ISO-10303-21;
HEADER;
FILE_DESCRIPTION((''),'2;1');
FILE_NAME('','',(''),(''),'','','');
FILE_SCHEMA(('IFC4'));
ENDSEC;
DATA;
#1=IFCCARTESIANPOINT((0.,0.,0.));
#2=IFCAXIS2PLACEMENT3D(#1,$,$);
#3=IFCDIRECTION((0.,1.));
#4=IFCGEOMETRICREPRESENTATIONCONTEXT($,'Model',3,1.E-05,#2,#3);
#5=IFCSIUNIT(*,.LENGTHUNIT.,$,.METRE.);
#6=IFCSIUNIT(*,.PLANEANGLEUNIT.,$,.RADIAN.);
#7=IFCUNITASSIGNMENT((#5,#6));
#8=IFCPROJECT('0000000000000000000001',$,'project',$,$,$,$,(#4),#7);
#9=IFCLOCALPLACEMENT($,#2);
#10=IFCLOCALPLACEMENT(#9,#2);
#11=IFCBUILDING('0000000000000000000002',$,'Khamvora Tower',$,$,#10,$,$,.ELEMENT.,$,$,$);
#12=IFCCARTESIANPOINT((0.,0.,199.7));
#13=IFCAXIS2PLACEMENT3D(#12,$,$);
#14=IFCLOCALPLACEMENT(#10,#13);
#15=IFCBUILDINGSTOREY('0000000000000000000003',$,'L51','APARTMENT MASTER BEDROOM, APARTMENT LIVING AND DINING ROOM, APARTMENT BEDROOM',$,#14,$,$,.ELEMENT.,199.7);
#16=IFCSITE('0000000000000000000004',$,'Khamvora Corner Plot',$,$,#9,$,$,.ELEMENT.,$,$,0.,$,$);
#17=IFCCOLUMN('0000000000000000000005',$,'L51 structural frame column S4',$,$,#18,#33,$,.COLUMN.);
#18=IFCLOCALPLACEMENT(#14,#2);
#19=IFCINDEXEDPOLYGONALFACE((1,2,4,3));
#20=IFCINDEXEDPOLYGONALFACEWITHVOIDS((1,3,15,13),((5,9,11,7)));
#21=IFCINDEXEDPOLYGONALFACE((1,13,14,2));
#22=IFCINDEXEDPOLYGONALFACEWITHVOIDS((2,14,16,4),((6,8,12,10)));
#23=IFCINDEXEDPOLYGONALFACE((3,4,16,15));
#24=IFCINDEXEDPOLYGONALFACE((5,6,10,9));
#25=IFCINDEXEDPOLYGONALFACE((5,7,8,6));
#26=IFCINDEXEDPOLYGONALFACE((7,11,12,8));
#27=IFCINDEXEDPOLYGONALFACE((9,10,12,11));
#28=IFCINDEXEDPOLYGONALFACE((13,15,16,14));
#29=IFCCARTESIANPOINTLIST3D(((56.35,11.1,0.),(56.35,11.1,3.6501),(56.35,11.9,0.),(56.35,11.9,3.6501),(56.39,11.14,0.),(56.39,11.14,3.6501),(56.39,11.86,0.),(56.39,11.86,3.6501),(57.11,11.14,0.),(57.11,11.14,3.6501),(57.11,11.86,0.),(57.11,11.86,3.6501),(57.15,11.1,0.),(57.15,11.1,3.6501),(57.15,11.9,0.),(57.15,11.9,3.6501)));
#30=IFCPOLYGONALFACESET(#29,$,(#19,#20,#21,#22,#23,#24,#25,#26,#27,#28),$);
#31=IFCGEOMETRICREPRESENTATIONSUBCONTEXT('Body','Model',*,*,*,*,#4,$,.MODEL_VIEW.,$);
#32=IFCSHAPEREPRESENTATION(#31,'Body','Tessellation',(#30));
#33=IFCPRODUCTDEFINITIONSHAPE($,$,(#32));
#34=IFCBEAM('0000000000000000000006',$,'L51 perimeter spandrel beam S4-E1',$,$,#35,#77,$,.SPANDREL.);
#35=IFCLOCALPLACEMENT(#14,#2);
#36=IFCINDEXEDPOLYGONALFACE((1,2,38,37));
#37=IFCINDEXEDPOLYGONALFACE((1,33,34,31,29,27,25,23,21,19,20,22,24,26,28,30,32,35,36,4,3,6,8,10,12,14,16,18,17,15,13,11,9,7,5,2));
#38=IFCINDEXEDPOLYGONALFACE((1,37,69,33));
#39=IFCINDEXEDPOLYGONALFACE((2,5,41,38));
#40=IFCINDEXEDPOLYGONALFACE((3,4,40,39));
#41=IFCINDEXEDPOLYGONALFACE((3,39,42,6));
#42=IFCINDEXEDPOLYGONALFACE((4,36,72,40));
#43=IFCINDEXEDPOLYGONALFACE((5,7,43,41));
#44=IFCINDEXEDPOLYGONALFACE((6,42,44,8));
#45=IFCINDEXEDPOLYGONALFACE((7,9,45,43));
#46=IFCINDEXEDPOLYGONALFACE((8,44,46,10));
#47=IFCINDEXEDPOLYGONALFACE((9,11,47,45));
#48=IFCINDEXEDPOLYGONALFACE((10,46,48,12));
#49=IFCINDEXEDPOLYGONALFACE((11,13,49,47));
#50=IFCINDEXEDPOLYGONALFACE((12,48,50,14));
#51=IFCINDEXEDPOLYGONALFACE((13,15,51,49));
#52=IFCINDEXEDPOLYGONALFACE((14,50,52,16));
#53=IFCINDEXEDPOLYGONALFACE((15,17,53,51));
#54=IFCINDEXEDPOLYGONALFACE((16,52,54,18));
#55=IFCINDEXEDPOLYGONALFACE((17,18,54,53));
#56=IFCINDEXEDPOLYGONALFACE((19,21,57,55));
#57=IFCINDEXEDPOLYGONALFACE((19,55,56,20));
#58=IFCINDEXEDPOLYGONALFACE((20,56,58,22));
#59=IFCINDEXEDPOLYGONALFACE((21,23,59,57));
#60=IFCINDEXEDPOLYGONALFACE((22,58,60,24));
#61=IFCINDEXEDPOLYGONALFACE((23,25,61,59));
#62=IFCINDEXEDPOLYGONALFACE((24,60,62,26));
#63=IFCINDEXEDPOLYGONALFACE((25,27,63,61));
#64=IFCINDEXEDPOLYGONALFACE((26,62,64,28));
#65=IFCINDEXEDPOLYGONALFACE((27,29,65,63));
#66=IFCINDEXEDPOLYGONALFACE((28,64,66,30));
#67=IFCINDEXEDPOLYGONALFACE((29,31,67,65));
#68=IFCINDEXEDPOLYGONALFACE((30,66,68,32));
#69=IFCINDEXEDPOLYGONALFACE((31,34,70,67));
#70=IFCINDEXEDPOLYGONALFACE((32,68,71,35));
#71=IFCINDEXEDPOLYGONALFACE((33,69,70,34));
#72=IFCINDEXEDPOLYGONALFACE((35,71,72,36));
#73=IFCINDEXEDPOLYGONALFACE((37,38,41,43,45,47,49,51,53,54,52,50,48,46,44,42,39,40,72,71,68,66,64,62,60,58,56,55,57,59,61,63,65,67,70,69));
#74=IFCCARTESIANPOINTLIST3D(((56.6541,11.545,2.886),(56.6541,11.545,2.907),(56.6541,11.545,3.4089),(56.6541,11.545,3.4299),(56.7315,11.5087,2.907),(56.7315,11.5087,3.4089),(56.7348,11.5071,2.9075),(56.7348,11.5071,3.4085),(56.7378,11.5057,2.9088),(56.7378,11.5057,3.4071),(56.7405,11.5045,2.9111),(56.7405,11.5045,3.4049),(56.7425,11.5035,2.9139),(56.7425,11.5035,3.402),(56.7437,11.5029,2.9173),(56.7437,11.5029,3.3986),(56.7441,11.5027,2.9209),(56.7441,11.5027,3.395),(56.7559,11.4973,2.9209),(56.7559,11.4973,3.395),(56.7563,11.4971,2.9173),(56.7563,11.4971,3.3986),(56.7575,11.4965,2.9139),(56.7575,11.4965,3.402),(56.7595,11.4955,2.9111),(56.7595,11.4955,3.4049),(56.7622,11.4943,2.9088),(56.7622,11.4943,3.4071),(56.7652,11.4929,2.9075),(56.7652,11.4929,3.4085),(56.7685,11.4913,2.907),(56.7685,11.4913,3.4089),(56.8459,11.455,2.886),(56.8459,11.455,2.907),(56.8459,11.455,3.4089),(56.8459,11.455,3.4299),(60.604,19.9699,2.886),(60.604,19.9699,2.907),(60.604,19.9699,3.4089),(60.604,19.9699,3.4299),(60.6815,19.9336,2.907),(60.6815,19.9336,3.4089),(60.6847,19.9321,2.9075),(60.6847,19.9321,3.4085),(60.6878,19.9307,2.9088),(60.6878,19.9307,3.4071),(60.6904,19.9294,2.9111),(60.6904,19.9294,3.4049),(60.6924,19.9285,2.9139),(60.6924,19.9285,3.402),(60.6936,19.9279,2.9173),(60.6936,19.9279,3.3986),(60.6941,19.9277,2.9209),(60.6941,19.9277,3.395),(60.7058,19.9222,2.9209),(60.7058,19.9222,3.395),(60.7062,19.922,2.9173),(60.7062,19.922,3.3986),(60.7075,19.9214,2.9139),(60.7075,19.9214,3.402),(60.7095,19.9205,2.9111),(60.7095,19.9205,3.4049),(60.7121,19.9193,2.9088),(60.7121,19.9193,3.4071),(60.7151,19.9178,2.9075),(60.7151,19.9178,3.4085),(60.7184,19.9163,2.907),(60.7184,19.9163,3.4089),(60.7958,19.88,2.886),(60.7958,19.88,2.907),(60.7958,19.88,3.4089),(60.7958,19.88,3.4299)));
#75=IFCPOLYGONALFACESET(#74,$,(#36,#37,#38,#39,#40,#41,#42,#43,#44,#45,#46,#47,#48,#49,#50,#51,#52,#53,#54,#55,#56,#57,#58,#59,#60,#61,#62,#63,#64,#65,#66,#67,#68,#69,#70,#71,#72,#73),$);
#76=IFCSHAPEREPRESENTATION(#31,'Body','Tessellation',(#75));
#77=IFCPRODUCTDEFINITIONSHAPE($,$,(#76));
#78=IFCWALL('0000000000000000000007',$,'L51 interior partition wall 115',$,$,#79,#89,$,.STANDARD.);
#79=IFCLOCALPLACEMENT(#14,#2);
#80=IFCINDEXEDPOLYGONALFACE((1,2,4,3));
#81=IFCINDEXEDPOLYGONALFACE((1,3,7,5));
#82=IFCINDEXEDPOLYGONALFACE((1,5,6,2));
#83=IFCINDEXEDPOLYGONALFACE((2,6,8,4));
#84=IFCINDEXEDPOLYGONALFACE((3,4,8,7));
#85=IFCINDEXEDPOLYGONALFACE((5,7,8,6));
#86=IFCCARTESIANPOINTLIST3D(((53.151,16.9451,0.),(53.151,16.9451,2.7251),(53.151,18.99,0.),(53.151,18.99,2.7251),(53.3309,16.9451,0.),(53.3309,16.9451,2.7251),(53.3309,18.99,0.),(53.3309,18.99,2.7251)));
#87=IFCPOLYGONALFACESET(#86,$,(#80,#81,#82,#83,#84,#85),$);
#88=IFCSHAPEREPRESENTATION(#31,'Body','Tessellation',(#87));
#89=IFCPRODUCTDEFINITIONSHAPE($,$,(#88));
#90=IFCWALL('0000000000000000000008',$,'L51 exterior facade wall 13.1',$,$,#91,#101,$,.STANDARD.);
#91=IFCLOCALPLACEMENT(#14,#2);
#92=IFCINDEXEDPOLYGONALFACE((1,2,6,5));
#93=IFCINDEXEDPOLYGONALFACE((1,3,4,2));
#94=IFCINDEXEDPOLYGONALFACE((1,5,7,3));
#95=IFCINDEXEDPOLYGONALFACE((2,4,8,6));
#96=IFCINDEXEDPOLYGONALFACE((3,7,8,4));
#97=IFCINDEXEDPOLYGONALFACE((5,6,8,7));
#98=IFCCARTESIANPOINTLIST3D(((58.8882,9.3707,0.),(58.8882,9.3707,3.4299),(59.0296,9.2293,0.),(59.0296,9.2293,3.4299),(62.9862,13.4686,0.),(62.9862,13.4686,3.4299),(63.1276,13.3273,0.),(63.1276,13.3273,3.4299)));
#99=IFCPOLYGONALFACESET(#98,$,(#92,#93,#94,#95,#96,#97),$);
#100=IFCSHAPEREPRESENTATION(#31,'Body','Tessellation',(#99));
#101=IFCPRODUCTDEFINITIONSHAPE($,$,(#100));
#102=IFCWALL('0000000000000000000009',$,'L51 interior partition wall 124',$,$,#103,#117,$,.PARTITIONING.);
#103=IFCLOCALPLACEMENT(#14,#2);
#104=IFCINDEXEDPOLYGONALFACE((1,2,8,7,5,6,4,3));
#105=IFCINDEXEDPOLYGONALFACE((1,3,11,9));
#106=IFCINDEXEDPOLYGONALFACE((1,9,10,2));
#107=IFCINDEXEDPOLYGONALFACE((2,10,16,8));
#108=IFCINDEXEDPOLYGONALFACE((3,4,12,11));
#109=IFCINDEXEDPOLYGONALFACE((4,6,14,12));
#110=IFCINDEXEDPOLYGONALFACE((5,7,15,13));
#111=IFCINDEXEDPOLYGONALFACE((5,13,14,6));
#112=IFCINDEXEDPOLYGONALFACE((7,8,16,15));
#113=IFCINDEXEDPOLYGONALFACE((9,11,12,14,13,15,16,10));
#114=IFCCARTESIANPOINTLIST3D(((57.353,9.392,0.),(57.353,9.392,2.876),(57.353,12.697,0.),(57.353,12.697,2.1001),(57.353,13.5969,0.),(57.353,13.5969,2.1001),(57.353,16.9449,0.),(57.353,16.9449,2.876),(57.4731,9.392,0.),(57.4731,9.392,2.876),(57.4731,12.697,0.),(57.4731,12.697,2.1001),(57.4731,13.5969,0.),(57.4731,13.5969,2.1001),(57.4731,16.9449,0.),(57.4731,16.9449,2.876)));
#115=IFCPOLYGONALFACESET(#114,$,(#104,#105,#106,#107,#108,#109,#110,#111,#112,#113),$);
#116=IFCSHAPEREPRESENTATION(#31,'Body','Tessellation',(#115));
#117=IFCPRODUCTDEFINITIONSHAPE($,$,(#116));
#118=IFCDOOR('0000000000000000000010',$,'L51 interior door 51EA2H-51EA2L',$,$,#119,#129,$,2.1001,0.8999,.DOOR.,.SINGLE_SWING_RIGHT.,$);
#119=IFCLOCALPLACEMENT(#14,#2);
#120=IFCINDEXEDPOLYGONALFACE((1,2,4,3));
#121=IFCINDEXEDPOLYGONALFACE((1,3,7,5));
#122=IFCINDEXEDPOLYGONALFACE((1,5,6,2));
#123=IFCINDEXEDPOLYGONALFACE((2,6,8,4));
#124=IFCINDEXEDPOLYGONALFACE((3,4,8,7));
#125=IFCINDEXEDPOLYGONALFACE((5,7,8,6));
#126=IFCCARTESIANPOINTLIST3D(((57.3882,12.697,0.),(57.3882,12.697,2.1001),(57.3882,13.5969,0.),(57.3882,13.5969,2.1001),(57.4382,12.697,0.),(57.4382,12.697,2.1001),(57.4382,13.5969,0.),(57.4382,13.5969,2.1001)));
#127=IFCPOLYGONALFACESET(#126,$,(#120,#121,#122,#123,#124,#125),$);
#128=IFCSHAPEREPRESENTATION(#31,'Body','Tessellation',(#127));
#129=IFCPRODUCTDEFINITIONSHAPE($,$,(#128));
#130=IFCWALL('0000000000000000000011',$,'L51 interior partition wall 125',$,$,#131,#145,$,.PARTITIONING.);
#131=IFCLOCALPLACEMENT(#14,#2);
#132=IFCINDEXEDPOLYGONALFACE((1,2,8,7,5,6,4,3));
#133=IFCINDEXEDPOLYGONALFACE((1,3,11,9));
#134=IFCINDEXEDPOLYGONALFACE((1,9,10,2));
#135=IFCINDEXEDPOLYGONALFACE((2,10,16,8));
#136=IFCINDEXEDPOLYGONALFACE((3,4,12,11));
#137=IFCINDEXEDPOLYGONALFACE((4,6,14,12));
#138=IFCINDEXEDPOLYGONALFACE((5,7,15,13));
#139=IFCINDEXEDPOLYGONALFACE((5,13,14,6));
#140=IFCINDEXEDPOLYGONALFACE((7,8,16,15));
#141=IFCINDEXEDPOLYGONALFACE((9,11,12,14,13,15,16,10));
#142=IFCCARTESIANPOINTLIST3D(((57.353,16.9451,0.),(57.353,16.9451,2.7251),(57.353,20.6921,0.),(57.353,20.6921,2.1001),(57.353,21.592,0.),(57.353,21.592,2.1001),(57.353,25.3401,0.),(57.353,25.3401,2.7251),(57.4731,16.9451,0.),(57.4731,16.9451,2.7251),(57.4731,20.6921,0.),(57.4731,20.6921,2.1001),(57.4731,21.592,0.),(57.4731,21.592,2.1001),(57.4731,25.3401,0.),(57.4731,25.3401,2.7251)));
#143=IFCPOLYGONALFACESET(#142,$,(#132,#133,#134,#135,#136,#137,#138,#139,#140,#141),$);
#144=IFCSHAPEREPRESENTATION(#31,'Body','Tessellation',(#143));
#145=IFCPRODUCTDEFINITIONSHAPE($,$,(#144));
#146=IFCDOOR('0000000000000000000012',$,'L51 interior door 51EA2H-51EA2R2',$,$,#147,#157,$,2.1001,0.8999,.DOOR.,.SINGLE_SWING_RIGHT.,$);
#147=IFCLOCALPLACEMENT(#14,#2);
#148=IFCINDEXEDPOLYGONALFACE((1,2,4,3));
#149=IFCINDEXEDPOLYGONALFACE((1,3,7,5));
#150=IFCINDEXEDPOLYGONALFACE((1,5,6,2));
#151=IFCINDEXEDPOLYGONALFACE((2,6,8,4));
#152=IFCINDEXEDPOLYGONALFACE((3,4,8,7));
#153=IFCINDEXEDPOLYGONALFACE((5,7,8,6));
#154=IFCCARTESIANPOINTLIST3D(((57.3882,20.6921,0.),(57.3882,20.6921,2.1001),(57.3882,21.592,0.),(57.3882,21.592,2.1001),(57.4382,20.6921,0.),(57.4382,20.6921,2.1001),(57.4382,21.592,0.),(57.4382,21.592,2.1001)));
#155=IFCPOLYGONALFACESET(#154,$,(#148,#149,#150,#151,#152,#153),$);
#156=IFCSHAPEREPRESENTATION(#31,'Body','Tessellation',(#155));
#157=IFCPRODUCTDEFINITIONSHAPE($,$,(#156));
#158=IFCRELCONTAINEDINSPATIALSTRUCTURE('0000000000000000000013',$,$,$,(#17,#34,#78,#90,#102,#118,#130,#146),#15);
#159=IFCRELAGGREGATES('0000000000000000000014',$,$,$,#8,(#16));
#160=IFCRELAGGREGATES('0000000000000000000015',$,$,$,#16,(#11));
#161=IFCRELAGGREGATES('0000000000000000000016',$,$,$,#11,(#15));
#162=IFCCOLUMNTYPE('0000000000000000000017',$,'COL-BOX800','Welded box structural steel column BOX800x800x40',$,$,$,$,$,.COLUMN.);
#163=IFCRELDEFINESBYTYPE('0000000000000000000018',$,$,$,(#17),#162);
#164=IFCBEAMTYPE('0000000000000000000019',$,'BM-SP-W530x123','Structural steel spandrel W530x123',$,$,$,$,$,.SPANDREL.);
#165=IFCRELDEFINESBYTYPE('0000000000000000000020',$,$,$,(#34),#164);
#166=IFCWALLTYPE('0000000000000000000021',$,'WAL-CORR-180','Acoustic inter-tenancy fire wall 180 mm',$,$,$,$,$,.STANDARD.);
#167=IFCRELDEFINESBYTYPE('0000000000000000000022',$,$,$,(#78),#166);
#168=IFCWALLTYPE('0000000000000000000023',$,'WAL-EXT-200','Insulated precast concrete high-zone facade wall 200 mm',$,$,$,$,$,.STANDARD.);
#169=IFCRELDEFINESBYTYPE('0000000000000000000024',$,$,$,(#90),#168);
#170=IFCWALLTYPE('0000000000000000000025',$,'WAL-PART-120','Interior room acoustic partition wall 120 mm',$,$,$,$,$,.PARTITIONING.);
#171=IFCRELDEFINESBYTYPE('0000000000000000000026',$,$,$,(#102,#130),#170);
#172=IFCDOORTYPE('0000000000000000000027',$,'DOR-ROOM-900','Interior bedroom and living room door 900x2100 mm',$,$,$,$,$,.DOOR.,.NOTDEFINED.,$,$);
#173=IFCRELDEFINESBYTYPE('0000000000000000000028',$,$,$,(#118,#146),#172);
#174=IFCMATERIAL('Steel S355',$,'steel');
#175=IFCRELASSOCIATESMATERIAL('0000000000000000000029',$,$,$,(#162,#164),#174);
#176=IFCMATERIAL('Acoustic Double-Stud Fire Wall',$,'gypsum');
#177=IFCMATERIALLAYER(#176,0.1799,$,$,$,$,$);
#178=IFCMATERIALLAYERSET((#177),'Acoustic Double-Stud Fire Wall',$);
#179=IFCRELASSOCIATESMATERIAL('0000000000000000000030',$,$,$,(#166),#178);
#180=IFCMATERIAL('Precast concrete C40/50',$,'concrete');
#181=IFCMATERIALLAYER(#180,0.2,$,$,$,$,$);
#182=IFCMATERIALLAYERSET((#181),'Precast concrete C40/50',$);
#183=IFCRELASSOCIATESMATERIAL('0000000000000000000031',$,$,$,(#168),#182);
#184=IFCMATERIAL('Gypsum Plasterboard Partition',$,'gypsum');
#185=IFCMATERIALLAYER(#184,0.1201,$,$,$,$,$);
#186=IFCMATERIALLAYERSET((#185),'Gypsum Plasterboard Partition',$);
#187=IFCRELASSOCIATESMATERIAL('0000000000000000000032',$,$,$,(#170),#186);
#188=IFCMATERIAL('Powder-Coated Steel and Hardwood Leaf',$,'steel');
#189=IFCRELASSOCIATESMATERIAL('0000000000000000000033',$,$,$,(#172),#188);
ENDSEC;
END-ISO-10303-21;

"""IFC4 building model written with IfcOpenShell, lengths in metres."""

from ifc_helpers import new_model, si_unit, direction, frame, frame_2d, origin, origin_2d, place, context, subcontext, project, spatial, rectangle, hollow_rectangle, i_section, extrude, material, layer, layer_set, material_profile, profile_set, type_object, element, fill, save


model = new_model("IFC4")

# Units and contexts
model_context = context("Model", 3, precision=1e-05, world=origin(), true_north=direction((0.0, 1.0)))
body_context = subcontext(model_context, "Body", "Model", "MODEL_VIEW")
ifc_project = project(units=[si_unit("LENGTHUNIT", "METRE"), si_unit("PLANEANGLEUNIT", "RADIAN")], contexts=[model_context])

# Site, building, storey
site_placement = place(None, origin())
site = spatial("IfcSite", under=ifc_project, at=site_placement, Name="Khamvora Corner Plot", CompositionType="ELEMENT", RefElevation=0.0)
building_placement = place(site_placement, origin())
building = spatial("IfcBuilding", under=site, at=building_placement, Name="Khamvora Tower", CompositionType="ELEMENT")
storey_placement = place(building_placement, frame((0.0, 0.0, 199.7)))
storey = spatial("IfcBuildingStorey", under=building, at=storey_placement, Name="L51", Description="APARTMENT MASTER BEDROOM, APARTMENT LIVING AND DINING ROOM, APARTMENT BEDROOM", CompositionType="ELEMENT", Elevation=199.7)

# Column
ifc_material_1 = material(Name="Steel S355", Category="steel")
ifc_material_profile_1 = material_profile(ifc_material_1, hollow_rectangle(XDim=0.8, YDim=0.8, WallThickness=0.04, at=origin_2d()), Name="BOX800x800x40")
ifc_profile_set_1 = profile_set([ifc_material_profile_1], Name="Steel S355")
column_type = type_object("IfcColumnType", Name="COL-BOX800", Description="Welded box structural steel column BOX800x800x40", PredefinedType="COLUMN", material=ifc_profile_set_1)
column_placement = place(storey_placement, frame((56.75, 11.5, 0.0), z_axis=(0.0, 0.0, 1.0), x_axis=(1.0, 0.0, 0.0)))
element("IfcColumn", 1, at=column_placement, inside=storey, type_object=column_type, Name="L51 structural frame column S4", PredefinedType="COLUMN", context=body_context, shape_type="SweptSolid", body=[
    extrude(hollow_rectangle(XDim=0.8, YDim=0.8, WallThickness=0.04, at=origin_2d()), origin(), (0.0, 0.0, 1.0), 3.6501),
])

# Beam
ifc_material_profile_2 = material_profile(ifc_material_1, i_section(OverallWidth=0.2119, OverallDepth=0.5439, WebThickness=0.0129, FlangeThickness=0.021, FilletRadius=0.0139, at=origin_2d()), Name="W530x123")
ifc_profile_set_2 = profile_set([ifc_material_profile_2], Name="Steel S355")
beam_type = type_object("IfcBeamType", Name="BM-SP-W530x123", Description="Structural steel spandrel W530x123", PredefinedType="SPANDREL", material=ifc_profile_set_2)
beam_placement = place(storey_placement, frame((56.75, 11.5, 3.158), z_axis=(0.424496, 0.90543, 0.0), x_axis=(-0.90543, 0.424496, 0.0)))
element("IfcBeam", 2, at=beam_placement, inside=storey, type_object=beam_type, Name="L51 perimeter spandrel beam S4-E1", PredefinedType="SPANDREL", context=body_context, shape_type="SweptSolid", body=[
    extrude(i_section(OverallWidth=0.2119, OverallDepth=0.5439, WebThickness=0.0129, FlangeThickness=0.021, FilletRadius=0.0139, at=origin_2d()), origin(), (0.0, 0.0, 1.0), 9.3049),
])

# Walls
ifc_material_2 = material(Name="Acoustic Double-Stud Fire Wall", Category="gypsum")
ifc_layer_1 = layer(ifc_material_2, 0.1799)
ifc_layer_set_1 = layer_set([ifc_layer_1], Name="Acoustic Double-Stud Fire Wall")
wall_type_1 = type_object("IfcWallType", Name="WAL-CORR-180", Description="Acoustic inter-tenancy fire wall 180 mm", PredefinedType="STANDARD", material=ifc_layer_set_1)
wall_1_placement = place(storey_placement, frame((53.241, 18.99, 0.0), z_axis=(0.0, 0.0, 1.0), x_axis=(0.0, -1.0, 0.0)))
element("IfcWall", 3, at=wall_1_placement, inside=storey, type_object=wall_type_1, Name="L51 interior partition wall 115", PredefinedType="STANDARD", context=body_context, shape_type="SweptSolid", body=[
    extrude(rectangle(XDim=2.0449, YDim=0.1799, at=frame_2d((1.0225, 0.0))), origin(), (0.0, 0.0, 1.0), 2.7251),
])
ifc_material_3 = material(Name="Precast concrete C40/50", Category="concrete")
ifc_layer_2 = layer(ifc_material_3, 0.2)
ifc_layer_set_2 = layer_set([ifc_layer_2], Name="Precast concrete C40/50")
wall_type_2 = type_object("IfcWallType", Name="WAL-EXT-200", Description="Insulated precast concrete high-zone facade wall 200 mm", PredefinedType="STANDARD", material=ifc_layer_set_2)
wall_2_placement = place(storey_placement, frame((63.0569, 13.3979, 0.0), z_axis=(0.0, 0.0, 1.0), x_axis=(-0.707107, -0.707107, 0.0)))
element("IfcWall", 4, at=wall_2_placement, inside=storey, type_object=wall_type_2, Name="L51 exterior facade wall 13.1", PredefinedType="STANDARD", context=body_context, shape_type="SweptSolid", body=[
    extrude(rectangle(XDim=5.7954, YDim=0.2, at=frame_2d((2.8977, 0.0))), origin(), (0.0, 0.0, 1.0), 3.4299),
])

# Walls, openings, doors
ifc_material_4 = material(Name="Gypsum Plasterboard Partition", Category="gypsum")
ifc_layer_3 = layer(ifc_material_4, 0.1201)
ifc_layer_set_3 = layer_set([ifc_layer_3], Name="Gypsum Plasterboard Partition")
wall_type_3 = type_object("IfcWallType", Name="WAL-PART-120", Description="Interior room acoustic partition wall 120 mm", PredefinedType="PARTITIONING", material=ifc_layer_set_3)
wall_3_placement = place(storey_placement, frame((57.4131, 9.3921, 0.0), z_axis=(0.0, 0.0, 1.0), x_axis=(0.0, 1.0, 0.0)))
wall_3 = element("IfcWall", 5, at=wall_3_placement, inside=storey, type_object=wall_type_3, Name="L51 interior partition wall 124", PredefinedType="PARTITIONING", context=body_context, shape_type="SweptSolid", body=[
    extrude(rectangle(XDim=7.553, YDim=0.1201, at=frame_2d((3.7764, 0.0))), origin(), (0.0, 0.0, 1.0), 2.876),
])
opening_1_placement = place(wall_3_placement, frame((3.3049, 0.0, 0.0)))
opening_1 = element("IfcOpeningElement", 6, at=opening_1_placement, cuts=wall_3, PredefinedType="OPENING", context=body_context, shape_type="SweptSolid", body=[
    extrude(rectangle(XDim=0.8999, YDim=2.1001, at=frame_2d((0.45, 1.05))), frame((0.0, 0.0701, 0.0), z_axis=(0.0, -1.0, 0.0), x_axis=(1.0, 0.0, 0.0)), (0.0, 0.0, 1.0), 0.1401),
])
ifc_material_5 = material(Name="Powder-Coated Steel and Hardwood Leaf", Category="steel")
door_type = type_object("IfcDoorType", Name="DOR-ROOM-900", Description="Interior bedroom and living room door 900x2100 mm", OperationType="NOTDEFINED", PredefinedType="DOOR", material=ifc_material_5)
door_1_placement = place(opening_1_placement, origin())
door_1 = element("IfcDoor", 7, at=door_1_placement, inside=storey, type_object=door_type, Name="L51 interior door 51EA2H-51EA2L", OperationType="SINGLE_SWING_RIGHT", OverallHeight=2.1001, OverallWidth=0.8999, PredefinedType="DOOR", context=body_context, shape_type="SweptSolid", body=[
    extrude(rectangle(XDim=0.8999, YDim=2.1001, at=frame_2d((0.45, 1.05))), frame((0.0, 0.0249, 0.0), z_axis=(0.0, -1.0, 0.0), x_axis=(1.0, 0.0, 0.0)), (0.0, 0.0, 1.0), 0.05),
])
fill(opening_1, door_1)
wall_4_placement = place(storey_placement, frame((57.4131, 16.9451, 0.0), z_axis=(0.0, 0.0, 1.0), x_axis=(0.0, 1.0, 0.0)))
wall_4 = element("IfcWall", 8, at=wall_4_placement, inside=storey, type_object=wall_type_3, Name="L51 interior partition wall 125", PredefinedType="PARTITIONING", context=body_context, shape_type="SweptSolid", body=[
    extrude(rectangle(XDim=8.395, YDim=0.1201, at=frame_2d((4.1975, 0.0))), origin(), (0.0, 0.0, 1.0), 2.7251),
])
opening_2_placement = place(wall_4_placement, frame((3.7471, 0.0, 0.0)))
opening_2 = element("IfcOpeningElement", 9, at=opening_2_placement, cuts=wall_4, PredefinedType="OPENING", context=body_context, shape_type="SweptSolid", body=[
    extrude(rectangle(XDim=0.8999, YDim=2.1001, at=frame_2d((0.45, 1.05))), frame((0.0, 0.0701, 0.0), z_axis=(0.0, -1.0, 0.0), x_axis=(1.0, 0.0, 0.0)), (0.0, 0.0, 1.0), 0.1401),
])
door_2_placement = place(opening_2_placement, origin())
door_2 = element("IfcDoor", 10, at=door_2_placement, inside=storey, type_object=door_type, Name="L51 interior door 51EA2H-51EA2R2", OperationType="SINGLE_SWING_RIGHT", OverallHeight=2.1001, OverallWidth=0.8999, PredefinedType="DOOR", context=body_context, shape_type="SweptSolid", body=[
    extrude(rectangle(XDim=0.8999, YDim=2.1001, at=frame_2d((0.45, 1.05))), frame((0.0, 0.0249, 0.0), z_axis=(0.0, -1.0, 0.0), x_axis=(1.0, 0.0, 0.0)), (0.0, 0.0, 1.0), 0.05),
])
fill(opening_2, door_2)

save(model, "model.ifc")
